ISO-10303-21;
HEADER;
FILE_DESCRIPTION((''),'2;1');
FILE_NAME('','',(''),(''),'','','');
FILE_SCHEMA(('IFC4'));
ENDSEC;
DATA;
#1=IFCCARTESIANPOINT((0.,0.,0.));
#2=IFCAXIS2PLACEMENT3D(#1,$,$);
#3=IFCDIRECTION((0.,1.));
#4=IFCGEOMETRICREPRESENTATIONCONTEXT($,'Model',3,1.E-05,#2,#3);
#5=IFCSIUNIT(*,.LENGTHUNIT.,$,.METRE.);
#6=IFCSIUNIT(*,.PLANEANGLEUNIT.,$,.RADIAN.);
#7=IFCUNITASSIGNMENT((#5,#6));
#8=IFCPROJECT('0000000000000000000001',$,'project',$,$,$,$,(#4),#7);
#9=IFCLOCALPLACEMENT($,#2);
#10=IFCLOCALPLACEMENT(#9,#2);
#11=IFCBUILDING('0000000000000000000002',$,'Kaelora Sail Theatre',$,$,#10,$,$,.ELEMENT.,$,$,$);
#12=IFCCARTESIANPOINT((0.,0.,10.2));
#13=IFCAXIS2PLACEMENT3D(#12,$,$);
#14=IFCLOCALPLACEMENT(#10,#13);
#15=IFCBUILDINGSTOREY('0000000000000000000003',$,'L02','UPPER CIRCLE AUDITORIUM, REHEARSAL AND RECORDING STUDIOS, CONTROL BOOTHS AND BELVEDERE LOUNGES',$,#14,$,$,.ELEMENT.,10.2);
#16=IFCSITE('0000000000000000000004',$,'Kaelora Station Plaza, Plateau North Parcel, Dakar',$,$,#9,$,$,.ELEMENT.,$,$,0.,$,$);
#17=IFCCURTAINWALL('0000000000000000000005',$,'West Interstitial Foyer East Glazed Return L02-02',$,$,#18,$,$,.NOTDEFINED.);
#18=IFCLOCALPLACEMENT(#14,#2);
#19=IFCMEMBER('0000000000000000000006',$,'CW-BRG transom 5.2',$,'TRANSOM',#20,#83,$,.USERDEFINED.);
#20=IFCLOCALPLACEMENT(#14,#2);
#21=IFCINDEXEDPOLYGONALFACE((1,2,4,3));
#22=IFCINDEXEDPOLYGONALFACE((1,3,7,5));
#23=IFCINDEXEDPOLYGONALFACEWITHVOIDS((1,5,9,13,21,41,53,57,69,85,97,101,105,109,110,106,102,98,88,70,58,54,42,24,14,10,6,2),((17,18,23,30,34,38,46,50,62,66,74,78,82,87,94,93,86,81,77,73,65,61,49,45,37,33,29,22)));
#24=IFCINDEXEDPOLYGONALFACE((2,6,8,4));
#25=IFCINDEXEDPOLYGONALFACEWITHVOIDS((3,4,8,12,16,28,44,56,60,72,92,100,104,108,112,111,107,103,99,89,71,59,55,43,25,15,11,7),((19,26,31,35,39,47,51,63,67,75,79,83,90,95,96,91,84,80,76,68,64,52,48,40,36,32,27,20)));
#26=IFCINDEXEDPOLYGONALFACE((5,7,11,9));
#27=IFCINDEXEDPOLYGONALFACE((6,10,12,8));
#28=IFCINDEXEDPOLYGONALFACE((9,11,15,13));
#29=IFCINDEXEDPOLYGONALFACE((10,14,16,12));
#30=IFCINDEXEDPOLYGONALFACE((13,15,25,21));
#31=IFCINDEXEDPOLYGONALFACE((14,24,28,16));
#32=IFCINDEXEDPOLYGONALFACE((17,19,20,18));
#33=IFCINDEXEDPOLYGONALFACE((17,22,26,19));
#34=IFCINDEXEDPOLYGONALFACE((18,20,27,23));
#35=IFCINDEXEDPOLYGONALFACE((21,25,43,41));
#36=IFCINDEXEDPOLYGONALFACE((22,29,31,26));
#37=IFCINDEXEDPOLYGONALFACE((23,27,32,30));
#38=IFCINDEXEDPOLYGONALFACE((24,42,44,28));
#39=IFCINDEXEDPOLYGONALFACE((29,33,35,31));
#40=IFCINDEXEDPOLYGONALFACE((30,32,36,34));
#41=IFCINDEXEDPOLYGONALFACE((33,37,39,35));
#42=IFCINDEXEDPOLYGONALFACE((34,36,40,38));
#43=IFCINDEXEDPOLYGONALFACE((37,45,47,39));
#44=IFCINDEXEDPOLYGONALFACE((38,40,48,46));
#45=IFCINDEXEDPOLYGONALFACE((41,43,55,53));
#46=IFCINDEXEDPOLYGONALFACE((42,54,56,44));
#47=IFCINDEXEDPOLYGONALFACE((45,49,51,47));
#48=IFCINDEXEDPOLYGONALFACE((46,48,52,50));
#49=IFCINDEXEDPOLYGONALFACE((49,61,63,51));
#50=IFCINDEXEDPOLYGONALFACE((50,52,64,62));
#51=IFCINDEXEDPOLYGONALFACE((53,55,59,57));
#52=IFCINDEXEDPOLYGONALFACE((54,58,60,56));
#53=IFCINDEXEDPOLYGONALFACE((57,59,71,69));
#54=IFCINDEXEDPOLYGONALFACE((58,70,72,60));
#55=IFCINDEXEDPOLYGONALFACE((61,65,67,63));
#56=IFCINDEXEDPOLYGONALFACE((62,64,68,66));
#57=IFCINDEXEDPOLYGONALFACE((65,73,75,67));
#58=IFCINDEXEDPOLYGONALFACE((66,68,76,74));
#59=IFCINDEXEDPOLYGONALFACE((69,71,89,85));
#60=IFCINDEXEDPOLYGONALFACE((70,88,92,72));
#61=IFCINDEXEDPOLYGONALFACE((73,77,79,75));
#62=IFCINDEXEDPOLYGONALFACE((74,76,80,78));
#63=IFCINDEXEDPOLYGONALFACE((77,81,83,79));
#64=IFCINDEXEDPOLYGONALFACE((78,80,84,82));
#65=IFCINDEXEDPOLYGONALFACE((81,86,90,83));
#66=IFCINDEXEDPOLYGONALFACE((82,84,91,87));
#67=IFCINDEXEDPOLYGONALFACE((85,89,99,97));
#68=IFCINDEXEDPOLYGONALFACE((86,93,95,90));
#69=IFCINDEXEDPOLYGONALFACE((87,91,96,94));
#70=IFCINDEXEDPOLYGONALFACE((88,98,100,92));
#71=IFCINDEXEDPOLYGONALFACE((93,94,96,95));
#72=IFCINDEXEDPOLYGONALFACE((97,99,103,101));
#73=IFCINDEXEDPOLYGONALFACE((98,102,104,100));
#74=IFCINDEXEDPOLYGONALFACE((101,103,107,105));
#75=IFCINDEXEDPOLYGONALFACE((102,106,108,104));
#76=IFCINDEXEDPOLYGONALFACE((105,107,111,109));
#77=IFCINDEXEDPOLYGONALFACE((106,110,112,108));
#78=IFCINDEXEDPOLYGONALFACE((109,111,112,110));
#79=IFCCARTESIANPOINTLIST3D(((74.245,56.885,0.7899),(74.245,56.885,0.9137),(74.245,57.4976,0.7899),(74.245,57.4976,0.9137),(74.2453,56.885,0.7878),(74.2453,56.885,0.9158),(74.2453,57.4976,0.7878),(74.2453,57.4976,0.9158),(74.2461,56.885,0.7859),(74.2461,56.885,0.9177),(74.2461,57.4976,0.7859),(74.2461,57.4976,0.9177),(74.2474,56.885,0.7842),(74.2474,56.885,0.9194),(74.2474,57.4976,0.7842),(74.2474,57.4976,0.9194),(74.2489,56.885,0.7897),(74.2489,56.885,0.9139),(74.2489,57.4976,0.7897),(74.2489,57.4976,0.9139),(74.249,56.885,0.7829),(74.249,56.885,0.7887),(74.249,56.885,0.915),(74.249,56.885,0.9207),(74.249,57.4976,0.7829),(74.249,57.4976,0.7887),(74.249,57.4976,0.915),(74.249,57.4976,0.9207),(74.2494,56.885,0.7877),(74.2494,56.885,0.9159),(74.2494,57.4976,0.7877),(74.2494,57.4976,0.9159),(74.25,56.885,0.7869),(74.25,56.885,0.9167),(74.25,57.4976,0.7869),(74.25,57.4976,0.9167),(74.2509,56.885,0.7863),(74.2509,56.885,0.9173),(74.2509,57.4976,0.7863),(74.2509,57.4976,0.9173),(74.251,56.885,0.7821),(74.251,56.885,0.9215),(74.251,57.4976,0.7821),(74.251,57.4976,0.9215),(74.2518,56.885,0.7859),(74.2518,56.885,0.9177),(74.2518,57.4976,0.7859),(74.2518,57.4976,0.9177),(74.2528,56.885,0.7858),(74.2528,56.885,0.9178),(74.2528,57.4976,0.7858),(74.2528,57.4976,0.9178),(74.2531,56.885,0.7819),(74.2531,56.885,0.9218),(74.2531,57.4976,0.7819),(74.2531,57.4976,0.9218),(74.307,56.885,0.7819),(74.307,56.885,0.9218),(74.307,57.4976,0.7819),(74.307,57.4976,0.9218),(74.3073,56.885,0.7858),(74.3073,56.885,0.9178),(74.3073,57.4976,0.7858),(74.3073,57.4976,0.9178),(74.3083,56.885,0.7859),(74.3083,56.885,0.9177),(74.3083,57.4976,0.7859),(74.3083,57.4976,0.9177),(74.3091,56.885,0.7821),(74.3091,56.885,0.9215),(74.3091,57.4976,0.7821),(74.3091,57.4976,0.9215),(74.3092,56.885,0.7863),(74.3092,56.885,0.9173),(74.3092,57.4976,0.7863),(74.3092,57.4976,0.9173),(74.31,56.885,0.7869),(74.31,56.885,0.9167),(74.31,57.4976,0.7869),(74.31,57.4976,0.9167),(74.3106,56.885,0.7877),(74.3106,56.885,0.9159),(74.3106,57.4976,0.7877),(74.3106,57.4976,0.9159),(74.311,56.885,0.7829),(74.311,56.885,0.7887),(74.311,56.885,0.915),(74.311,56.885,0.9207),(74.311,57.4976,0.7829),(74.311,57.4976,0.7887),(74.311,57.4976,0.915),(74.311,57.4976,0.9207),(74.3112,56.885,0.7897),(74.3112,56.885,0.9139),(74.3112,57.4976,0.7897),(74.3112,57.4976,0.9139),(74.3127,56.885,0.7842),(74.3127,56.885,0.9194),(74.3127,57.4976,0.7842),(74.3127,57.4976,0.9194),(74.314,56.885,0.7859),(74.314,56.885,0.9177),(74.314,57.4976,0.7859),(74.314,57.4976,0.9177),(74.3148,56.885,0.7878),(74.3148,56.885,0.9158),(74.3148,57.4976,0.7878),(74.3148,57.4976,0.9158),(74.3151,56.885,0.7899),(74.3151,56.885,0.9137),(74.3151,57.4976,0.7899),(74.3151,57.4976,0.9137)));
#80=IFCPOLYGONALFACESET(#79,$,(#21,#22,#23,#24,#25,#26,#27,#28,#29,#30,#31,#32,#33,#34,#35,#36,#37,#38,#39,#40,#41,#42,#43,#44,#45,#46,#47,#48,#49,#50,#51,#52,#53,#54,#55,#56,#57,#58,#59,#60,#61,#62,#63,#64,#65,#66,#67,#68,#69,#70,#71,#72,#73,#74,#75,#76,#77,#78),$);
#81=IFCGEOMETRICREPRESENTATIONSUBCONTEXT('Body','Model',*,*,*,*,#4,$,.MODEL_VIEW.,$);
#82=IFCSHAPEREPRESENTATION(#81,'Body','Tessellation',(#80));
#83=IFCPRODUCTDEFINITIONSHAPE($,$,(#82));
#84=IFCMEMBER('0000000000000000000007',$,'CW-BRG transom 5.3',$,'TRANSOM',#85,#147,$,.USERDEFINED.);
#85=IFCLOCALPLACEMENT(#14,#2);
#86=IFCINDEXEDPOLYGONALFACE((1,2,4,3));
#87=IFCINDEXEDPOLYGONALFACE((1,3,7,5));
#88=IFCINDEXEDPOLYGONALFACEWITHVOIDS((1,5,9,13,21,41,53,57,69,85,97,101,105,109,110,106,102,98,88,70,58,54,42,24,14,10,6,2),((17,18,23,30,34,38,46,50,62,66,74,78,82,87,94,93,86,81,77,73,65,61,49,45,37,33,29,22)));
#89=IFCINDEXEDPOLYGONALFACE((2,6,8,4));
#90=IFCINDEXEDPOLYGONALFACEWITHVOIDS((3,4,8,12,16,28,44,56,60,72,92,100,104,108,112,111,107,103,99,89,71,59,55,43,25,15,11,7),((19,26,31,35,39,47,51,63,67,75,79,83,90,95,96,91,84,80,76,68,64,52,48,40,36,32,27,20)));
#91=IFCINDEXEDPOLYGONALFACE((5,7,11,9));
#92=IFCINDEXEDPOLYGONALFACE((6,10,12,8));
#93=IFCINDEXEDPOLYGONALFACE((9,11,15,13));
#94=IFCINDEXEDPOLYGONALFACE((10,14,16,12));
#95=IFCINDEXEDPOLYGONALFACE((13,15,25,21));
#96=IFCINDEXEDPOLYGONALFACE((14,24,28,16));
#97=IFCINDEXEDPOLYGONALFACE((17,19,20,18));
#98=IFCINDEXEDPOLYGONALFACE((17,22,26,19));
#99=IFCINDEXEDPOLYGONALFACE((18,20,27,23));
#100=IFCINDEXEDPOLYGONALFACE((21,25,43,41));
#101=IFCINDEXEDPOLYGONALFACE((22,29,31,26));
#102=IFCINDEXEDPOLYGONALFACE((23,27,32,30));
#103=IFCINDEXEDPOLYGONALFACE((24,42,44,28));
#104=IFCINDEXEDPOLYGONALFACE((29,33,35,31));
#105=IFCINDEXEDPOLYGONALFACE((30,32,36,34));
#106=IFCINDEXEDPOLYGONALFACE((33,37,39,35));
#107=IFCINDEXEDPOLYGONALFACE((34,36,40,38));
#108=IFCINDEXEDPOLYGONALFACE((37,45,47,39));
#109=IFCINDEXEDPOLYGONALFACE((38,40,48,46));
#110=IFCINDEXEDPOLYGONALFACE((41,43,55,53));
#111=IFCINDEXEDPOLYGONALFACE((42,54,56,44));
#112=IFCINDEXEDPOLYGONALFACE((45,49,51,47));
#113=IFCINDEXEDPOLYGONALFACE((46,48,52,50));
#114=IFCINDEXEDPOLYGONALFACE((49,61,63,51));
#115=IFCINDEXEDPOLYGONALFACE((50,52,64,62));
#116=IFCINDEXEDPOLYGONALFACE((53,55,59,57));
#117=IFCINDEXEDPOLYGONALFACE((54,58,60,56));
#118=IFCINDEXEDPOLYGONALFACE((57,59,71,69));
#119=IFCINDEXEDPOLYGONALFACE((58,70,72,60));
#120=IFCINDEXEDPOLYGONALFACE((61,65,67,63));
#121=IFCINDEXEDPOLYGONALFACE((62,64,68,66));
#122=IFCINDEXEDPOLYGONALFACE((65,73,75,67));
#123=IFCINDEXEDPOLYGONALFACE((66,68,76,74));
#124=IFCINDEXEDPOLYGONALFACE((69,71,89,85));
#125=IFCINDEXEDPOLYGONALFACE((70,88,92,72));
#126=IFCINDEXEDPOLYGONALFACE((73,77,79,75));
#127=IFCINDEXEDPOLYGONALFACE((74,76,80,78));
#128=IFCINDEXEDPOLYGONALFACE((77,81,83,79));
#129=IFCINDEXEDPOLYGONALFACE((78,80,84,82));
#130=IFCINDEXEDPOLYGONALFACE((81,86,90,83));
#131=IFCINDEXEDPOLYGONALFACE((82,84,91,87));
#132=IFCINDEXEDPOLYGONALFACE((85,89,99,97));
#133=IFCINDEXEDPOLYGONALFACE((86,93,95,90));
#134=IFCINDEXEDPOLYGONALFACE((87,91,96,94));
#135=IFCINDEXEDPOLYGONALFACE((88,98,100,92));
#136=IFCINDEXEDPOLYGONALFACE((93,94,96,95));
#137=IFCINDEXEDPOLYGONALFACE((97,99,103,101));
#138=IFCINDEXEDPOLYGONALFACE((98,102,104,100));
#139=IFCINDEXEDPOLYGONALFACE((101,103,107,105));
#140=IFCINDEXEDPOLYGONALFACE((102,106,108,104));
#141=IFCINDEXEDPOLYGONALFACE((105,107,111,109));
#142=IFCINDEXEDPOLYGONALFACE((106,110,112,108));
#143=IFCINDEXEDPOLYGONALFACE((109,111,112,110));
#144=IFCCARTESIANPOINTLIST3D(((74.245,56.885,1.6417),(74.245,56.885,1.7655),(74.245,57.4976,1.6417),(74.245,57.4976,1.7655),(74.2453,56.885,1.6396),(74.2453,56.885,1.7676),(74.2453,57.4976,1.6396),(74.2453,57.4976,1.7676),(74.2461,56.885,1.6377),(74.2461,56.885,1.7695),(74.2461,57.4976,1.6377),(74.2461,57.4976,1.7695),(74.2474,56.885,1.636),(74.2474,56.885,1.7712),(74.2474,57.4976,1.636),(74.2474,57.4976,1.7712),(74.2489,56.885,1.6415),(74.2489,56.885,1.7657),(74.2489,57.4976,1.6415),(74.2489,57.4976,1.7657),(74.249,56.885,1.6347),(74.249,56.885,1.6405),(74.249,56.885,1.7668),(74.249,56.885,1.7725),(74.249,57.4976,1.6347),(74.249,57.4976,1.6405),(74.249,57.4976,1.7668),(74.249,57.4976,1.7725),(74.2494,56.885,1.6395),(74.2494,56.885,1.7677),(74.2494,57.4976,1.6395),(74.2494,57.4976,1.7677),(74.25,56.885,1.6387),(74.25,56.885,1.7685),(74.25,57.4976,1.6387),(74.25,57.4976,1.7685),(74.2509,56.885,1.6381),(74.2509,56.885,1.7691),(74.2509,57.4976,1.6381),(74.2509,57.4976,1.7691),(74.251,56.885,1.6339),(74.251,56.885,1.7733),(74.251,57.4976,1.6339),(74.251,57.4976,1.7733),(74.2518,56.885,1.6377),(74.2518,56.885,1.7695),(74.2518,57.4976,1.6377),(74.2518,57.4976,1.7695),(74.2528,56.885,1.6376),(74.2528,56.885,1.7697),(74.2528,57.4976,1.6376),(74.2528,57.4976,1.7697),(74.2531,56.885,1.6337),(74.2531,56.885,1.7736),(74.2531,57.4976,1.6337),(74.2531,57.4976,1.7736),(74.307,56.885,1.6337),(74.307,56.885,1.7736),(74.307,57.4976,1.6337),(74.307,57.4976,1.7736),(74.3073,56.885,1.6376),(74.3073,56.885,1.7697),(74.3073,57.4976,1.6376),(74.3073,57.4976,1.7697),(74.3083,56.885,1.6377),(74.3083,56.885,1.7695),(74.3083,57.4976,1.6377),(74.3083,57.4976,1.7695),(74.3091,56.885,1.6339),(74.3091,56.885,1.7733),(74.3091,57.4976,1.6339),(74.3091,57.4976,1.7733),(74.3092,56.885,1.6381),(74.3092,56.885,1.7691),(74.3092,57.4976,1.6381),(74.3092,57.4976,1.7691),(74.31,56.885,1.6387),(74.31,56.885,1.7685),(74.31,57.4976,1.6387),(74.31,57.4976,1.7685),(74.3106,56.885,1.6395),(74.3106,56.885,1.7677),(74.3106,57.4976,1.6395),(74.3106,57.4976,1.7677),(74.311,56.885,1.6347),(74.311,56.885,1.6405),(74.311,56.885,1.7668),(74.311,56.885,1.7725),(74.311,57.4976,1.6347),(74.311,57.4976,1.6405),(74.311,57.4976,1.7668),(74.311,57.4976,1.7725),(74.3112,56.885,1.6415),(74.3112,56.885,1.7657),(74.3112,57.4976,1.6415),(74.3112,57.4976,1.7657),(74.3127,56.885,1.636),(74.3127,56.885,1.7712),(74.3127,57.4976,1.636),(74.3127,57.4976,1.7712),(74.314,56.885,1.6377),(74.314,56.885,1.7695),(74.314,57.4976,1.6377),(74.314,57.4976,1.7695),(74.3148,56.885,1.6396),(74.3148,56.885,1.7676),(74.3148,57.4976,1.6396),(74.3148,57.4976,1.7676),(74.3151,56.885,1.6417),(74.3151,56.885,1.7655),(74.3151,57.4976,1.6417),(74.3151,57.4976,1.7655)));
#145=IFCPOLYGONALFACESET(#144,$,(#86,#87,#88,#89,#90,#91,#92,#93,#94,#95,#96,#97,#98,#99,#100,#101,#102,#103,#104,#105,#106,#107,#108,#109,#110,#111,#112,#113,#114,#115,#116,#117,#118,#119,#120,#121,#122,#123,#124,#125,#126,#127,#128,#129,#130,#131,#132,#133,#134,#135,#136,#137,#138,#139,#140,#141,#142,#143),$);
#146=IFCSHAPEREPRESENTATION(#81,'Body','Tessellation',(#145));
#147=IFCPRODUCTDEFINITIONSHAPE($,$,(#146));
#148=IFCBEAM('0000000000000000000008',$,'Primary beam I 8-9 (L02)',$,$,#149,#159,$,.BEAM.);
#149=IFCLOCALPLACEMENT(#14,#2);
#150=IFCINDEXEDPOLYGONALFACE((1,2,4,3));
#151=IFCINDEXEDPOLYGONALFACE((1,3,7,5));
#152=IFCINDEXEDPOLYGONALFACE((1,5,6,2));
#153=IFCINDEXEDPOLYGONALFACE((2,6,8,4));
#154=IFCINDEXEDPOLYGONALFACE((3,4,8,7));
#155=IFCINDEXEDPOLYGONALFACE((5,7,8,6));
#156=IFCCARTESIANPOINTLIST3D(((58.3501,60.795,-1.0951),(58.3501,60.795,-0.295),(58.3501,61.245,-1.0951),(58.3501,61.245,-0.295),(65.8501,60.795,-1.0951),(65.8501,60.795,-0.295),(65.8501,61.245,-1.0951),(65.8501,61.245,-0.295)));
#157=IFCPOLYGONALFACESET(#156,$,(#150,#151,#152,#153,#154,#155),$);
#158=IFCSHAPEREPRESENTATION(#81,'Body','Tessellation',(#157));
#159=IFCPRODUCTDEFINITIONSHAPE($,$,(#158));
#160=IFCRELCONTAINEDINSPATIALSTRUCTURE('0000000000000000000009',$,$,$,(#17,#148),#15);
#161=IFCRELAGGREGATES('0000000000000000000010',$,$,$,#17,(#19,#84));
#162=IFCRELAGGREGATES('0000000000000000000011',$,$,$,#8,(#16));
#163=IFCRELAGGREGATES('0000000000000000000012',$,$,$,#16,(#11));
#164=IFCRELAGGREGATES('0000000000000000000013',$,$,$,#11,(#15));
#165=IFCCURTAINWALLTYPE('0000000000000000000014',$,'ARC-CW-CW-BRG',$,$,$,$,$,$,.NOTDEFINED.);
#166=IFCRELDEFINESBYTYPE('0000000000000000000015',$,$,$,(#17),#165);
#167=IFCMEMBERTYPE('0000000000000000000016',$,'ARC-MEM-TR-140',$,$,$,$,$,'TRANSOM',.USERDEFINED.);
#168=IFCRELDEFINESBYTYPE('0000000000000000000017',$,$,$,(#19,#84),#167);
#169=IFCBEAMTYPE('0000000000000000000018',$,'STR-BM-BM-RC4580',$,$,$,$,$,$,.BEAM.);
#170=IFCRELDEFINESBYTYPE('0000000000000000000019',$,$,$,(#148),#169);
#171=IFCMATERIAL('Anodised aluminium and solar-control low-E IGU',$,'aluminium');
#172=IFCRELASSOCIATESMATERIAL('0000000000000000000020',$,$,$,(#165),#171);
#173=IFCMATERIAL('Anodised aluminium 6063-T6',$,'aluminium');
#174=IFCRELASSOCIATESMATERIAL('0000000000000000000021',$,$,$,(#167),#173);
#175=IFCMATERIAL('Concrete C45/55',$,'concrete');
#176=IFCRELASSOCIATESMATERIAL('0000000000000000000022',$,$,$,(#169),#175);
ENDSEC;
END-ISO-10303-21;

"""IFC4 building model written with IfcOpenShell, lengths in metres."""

from ifc_helpers import new_model, si_unit, direction, frame, origin, origin_2d, place, context, subcontext, project, spatial, rectangle, hollow_rectangle, extrude, material, material_profile, profile_set, type_object, element, aggregate, save


model = new_model("IFC4")

# Units and contexts
model_context = context("Model", 3, precision=1e-05, world=origin(), true_north=direction((0.0, 1.0)))
body_context = subcontext(model_context, "Body", "Model", "MODEL_VIEW")
ifc_project = project(units=[si_unit("LENGTHUNIT", "METRE"), si_unit("PLANEANGLEUNIT", "RADIAN")], contexts=[model_context])

# Site, building, storey
site_placement = place(None, origin())
site = spatial("IfcSite", under=ifc_project, at=site_placement, Name="Kaelora Station Plaza, Plateau North Parcel, Dakar", CompositionType="ELEMENT", RefElevation=0.0)
building_placement = place(site_placement, origin())
building = spatial("IfcBuilding", under=site, at=building_placement, Name="Kaelora Sail Theatre", CompositionType="ELEMENT")
storey_placement = place(building_placement, frame((0.0, 0.0, 10.2)))
storey = spatial("IfcBuildingStorey", under=building, at=storey_placement, Name="L02", Description="UPPER CIRCLE AUDITORIUM, REHEARSAL AND RECORDING STUDIOS, CONTROL BOOTHS AND BELVEDERE LOUNGES", CompositionType="ELEMENT", Elevation=10.2)

# Curtain wall, members
ifc_material_1 = material(Name="Anodised aluminium and solar-control low-E IGU", Category="aluminium")
curtain_wall_type = type_object("IfcCurtainWallType", Name="ARC-CW-CW-BRG", PredefinedType="NOTDEFINED", material=ifc_material_1)
curtain_wall_placement = place(storey_placement, origin())
curtain_wall = element("IfcCurtainWall", 1, at=curtain_wall_placement, inside=storey, type_object=curtain_wall_type, Name="West Interstitial Foyer East Glazed Return L02-02", PredefinedType="NOTDEFINED")
ifc_material_2 = material(Name="Anodised aluminium 6063-T6", Category="aluminium")
ifc_material_profile_1 = material_profile(ifc_material_2, hollow_rectangle(XDim=0.0701, YDim=0.1399, WallThickness=0.0039, InnerFilletRadius=0.0039, OuterFilletRadius=0.0081, at=origin_2d()), Name="ALU-TRAN 70x140x4")
ifc_profile_set_1 = profile_set([ifc_material_profile_1], Name="Anodised aluminium 6063-T6")
member_type_1 = type_object("IfcMemberType", Name="ARC-MEM-TR-140", ElementType="TRANSOM", PredefinedType="USERDEFINED", material=ifc_profile_set_1)
member_1_placement = place(storey_placement, frame((74.28, 56.885, 0.8518), z_axis=(0.0, 1.0, 0.0), x_axis=(-1.0, 0.0, 0.0)))
member_1 = element("IfcMember", 2, at=member_1_placement, type_object=member_type_1, Name="CW-BRG transom 5.2", ObjectType="TRANSOM", PredefinedType="USERDEFINED", context=body_context, shape_type="SweptSolid", body=[
    extrude(hollow_rectangle(XDim=0.0701, YDim=0.1399, WallThickness=0.0039, InnerFilletRadius=0.0039, OuterFilletRadius=0.0081, at=origin_2d()), origin(), (0.0, 0.0, 1.0), 0.6125),
])
member_2_placement = place(storey_placement, frame((74.28, 56.885, 1.7036), z_axis=(0.0, 1.0, 0.0), x_axis=(-1.0, 0.0, 0.0)))
member_2 = element("IfcMember", 3, at=member_2_placement, type_object=member_type_1, Name="CW-BRG transom 5.3", ObjectType="TRANSOM", PredefinedType="USERDEFINED", context=body_context, shape_type="SweptSolid", body=[
    extrude(hollow_rectangle(XDim=0.0701, YDim=0.1399, WallThickness=0.0039, InnerFilletRadius=0.0039, OuterFilletRadius=0.0081, at=origin_2d()), origin(), (0.0, 0.0, 1.0), 0.6125),
])

# Beam
ifc_material_3 = material(Name="Concrete C45/55", Category="concrete")
ifc_material_profile_2 = material_profile(ifc_material_3, rectangle(XDim=0.45, YDim=0.8, at=origin_2d()), Name="RC-BM 450x800")
ifc_profile_set_2 = profile_set([ifc_material_profile_2], Name="Concrete C45/55")
beam_type_1 = type_object("IfcBeamType", Name="STR-BM-BM-RC4580", PredefinedType="BEAM", material=ifc_profile_set_2)
beam_1_placement = place(storey_placement, frame((58.3501, 61.02, -0.6951), z_axis=(1.0, 0.0, 0.0), x_axis=(0.0, 1.0, 0.0)))
element("IfcBeam", 4, at=beam_1_placement, inside=storey, type_object=beam_type_1, Name="Primary beam I 8-9 (L02)", PredefinedType="BEAM", context=body_context, shape_type="SweptSolid", body=[
    extrude(rectangle(XDim=0.45, YDim=0.8, at=origin_2d()), origin(), (0.0, 0.0, 1.0), 7.5),
])

aggregate(curtain_wall, [member_1, member_2])

save(model, "model.ifc")
